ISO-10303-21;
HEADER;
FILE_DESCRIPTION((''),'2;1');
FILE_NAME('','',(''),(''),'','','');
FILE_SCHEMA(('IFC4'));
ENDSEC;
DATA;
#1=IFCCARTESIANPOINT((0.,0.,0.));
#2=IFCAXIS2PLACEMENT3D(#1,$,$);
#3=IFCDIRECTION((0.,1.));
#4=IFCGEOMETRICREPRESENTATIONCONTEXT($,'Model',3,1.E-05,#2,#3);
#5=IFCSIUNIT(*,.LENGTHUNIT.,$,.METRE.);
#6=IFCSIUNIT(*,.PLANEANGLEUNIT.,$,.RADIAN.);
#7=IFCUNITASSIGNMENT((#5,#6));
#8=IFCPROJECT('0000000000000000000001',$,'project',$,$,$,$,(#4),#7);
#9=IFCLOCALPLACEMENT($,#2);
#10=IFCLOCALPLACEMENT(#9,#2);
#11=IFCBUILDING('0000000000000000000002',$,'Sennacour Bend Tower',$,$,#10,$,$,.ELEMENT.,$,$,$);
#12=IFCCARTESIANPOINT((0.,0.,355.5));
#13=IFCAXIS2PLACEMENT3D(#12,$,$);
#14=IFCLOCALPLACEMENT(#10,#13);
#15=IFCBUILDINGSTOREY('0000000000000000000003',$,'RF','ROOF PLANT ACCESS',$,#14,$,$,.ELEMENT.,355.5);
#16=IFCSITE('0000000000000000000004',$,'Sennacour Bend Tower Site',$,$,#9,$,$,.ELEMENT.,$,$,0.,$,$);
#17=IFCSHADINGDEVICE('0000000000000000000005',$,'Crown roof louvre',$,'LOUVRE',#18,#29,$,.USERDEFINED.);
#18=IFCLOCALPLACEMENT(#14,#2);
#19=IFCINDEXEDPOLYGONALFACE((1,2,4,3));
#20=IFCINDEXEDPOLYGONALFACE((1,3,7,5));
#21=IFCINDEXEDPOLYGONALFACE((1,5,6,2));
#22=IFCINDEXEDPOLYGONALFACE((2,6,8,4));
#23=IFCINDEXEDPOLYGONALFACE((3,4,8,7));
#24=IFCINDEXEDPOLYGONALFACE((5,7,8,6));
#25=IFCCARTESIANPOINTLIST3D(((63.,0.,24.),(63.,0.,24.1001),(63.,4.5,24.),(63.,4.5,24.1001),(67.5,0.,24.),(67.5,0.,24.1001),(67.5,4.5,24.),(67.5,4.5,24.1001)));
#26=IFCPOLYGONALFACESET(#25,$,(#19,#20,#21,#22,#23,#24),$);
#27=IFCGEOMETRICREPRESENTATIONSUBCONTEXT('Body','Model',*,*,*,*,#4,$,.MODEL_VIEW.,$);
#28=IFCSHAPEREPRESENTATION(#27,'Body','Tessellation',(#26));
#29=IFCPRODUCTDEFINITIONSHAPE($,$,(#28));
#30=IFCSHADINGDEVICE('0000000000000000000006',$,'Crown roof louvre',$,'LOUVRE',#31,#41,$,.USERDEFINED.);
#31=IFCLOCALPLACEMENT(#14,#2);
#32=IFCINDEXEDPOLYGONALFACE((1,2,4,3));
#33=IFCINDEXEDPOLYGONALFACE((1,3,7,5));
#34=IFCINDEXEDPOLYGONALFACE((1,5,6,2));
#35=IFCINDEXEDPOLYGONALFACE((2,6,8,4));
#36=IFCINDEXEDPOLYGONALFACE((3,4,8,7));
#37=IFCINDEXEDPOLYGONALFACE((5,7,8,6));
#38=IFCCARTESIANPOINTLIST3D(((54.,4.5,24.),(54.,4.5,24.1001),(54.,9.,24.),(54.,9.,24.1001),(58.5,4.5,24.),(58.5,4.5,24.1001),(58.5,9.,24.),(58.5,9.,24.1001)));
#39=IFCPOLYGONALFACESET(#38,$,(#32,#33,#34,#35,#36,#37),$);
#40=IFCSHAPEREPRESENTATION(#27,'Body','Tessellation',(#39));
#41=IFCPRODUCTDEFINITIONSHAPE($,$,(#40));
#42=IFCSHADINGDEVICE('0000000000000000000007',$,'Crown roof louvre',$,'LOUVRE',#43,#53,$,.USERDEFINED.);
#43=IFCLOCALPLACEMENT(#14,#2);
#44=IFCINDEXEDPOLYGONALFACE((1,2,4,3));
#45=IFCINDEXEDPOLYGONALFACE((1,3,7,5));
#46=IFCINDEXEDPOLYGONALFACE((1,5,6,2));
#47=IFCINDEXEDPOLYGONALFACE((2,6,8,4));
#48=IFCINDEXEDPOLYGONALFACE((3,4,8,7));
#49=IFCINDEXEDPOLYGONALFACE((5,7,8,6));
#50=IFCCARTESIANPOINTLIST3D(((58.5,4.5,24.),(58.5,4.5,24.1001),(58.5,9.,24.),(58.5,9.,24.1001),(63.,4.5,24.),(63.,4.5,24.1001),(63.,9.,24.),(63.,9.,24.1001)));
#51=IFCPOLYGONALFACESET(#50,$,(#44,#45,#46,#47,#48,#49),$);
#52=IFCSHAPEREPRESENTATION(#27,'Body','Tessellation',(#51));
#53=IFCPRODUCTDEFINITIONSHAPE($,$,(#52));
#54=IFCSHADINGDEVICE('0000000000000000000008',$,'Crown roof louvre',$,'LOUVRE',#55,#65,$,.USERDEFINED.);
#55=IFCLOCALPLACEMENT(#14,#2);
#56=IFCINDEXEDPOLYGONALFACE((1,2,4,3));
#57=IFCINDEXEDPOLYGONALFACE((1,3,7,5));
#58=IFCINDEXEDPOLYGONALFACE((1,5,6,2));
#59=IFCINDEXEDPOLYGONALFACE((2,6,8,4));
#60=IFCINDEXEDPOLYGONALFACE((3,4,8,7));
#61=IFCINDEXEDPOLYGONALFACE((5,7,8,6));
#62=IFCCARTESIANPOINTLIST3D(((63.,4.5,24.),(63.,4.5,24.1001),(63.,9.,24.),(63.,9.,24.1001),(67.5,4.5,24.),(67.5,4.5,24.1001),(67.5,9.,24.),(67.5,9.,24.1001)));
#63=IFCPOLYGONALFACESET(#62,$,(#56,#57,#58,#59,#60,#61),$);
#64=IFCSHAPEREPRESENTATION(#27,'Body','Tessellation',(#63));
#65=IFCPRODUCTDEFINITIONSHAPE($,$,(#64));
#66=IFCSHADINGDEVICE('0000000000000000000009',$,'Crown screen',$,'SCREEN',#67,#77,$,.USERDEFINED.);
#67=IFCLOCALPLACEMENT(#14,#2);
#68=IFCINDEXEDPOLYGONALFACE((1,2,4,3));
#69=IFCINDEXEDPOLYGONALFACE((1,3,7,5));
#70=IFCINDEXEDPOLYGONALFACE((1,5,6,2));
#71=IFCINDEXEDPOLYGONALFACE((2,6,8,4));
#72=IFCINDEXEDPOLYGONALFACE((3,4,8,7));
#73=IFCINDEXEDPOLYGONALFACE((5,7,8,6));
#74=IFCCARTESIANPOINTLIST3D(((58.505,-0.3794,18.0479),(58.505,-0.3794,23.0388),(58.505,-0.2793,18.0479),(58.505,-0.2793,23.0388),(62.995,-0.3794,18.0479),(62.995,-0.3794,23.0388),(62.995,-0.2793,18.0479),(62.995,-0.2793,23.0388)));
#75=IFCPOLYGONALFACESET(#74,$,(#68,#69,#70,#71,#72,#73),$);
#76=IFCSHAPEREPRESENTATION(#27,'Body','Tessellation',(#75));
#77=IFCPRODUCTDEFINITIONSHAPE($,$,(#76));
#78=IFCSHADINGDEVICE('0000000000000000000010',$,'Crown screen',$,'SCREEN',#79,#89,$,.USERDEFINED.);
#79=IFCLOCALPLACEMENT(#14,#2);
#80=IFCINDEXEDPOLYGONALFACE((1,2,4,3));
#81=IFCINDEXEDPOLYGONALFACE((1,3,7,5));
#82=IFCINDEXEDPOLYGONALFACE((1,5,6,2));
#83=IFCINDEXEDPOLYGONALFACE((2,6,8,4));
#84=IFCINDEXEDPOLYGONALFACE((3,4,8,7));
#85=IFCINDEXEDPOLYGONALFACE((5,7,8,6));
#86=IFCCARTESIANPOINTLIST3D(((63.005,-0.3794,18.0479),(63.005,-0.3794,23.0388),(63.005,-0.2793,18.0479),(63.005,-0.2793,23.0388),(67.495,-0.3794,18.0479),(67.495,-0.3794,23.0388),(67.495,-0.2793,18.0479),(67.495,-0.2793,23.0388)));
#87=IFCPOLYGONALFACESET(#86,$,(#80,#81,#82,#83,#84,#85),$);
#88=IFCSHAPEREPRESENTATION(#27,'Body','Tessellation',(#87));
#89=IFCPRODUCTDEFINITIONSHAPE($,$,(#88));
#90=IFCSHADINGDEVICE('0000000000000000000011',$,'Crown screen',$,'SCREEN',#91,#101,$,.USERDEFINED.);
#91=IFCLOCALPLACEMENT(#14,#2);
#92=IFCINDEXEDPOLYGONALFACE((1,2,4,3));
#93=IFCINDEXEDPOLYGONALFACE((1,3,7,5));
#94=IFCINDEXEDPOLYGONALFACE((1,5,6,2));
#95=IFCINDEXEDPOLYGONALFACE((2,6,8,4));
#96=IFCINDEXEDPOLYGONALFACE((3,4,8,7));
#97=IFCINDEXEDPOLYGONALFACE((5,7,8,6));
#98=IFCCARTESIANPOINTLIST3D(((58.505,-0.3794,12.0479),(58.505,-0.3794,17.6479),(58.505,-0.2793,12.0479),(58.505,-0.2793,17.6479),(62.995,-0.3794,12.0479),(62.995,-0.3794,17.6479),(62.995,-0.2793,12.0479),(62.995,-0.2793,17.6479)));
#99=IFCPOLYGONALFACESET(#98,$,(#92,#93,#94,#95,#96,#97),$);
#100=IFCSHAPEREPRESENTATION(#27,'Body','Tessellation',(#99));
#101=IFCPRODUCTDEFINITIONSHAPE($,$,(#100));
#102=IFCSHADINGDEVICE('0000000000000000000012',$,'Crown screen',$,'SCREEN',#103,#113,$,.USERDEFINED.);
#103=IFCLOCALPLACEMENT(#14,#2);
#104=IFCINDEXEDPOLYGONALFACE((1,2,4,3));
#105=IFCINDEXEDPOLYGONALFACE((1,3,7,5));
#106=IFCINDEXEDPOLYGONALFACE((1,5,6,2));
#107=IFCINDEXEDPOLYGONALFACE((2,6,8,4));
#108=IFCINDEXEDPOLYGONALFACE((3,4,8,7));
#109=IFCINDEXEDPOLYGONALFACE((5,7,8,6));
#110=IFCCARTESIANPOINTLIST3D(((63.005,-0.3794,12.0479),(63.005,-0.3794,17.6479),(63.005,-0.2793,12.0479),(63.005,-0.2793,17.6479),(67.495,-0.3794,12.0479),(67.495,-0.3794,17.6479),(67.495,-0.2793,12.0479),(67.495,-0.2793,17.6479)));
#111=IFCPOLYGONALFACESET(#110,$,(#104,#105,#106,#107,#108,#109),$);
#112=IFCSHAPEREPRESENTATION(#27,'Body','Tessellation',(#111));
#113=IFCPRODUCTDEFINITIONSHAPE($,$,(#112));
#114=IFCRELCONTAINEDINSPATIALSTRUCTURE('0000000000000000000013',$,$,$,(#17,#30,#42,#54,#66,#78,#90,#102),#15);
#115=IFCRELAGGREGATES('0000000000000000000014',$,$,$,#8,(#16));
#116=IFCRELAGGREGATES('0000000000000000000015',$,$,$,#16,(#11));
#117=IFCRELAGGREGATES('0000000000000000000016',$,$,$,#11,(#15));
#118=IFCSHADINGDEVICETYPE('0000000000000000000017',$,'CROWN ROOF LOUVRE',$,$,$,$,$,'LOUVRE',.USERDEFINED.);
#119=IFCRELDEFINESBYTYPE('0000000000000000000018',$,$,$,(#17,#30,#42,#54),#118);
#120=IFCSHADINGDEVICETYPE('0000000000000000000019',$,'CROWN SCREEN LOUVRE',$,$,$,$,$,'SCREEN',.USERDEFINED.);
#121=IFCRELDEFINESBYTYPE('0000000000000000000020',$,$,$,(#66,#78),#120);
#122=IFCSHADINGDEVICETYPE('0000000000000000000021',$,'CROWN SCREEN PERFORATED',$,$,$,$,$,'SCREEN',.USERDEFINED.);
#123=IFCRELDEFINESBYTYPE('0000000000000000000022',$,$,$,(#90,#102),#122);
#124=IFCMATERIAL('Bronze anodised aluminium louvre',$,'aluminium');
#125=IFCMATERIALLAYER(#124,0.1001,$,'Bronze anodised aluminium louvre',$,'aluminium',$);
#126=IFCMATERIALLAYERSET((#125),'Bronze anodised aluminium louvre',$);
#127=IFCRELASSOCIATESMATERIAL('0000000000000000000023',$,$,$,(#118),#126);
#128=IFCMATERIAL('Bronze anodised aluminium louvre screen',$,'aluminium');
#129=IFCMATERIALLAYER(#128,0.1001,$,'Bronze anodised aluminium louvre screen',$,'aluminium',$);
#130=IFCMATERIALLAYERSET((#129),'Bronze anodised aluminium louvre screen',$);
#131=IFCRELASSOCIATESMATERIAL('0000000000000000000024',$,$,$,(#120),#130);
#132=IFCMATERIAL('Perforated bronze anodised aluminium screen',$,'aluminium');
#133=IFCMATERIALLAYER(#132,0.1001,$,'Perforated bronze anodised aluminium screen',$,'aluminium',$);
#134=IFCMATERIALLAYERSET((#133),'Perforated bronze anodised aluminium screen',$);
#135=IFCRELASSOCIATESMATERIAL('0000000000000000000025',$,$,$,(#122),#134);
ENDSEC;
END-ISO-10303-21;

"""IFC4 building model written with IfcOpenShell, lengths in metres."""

from ifc_helpers import new_model, si_unit, direction, frame, origin, origin_2d, place, context, subcontext, project, spatial, rectangle, extrude, material, layer, layer_set, type_object, element, save


model = new_model("IFC4")

# Units and contexts
model_context = context("Model", 3, precision=1e-05, world=origin(), true_north=direction((0.0, 1.0)))
body_context = subcontext(model_context, "Body", "Model", "MODEL_VIEW")
ifc_project = project(units=[si_unit("LENGTHUNIT", "METRE"), si_unit("PLANEANGLEUNIT", "RADIAN")], contexts=[model_context])

# Site, building, storey
site_placement = place(None, origin())
site = spatial("IfcSite", under=ifc_project, at=site_placement, Name="Sennacour Bend Tower Site", CompositionType="ELEMENT", RefElevation=0.0)
building_placement = place(site_placement, origin())
building = spatial("IfcBuilding", under=site, at=building_placement, Name="Sennacour Bend Tower", CompositionType="ELEMENT")
storey_placement = place(building_placement, frame((0.0, 0.0, 355.5)))
storey = spatial("IfcBuildingStorey", under=building, at=storey_placement, Name="RF", Description="ROOF PLANT ACCESS", CompositionType="ELEMENT", Elevation=355.5)

# Shading devices
ifc_material_1 = material(Name="Bronze anodised aluminium louvre", Category="aluminium")
ifc_layer_1 = layer(ifc_material_1, 0.1001, Name="Bronze anodised aluminium louvre", Category="aluminium")
ifc_layer_set_1 = layer_set([ifc_layer_1], Name="Bronze anodised aluminium louvre")
shading_device_type_1 = type_object("IfcShadingDeviceType", Name="CROWN ROOF LOUVRE", ElementType="LOUVRE", PredefinedType="USERDEFINED", material=ifc_layer_set_1)
for number, where, z_axis, x_axis, name in (
    (1, (65.25, 2.25, 24.0), (0.0, 0.0, 1.0), (1.0, 0.0, 0.0), "Crown roof louvre"),
    (2, (56.25, 6.75, 24.0), (0.0, 0.0, 1.0), (1.0, 0.0, 0.0), "Crown roof louvre"),
    (3, (60.75, 6.75, 24.0), (0.0, 0.0, 1.0), (1.0, 0.0, 0.0), "Crown roof louvre"),
    (4, (65.25, 6.75, 24.0), (0.0, 0.0, 1.0), (1.0, 0.0, 0.0), "Crown roof louvre"),
):
    element("IfcShadingDevice", number, at=place(storey_placement, frame(where, z_axis=z_axis, x_axis=x_axis)), inside=storey, type_object=shading_device_type_1, Name=name, ObjectType="LOUVRE", PredefinedType="USERDEFINED", context=body_context, shape_type="SweptSolid", body=[
        extrude(rectangle(XDim=4.5, YDim=4.5, at=origin_2d()), origin(), (0.0, 0.0, 1.0), 0.1001),
    ])
ifc_material_2 = material(Name="Bronze anodised aluminium louvre screen", Category="aluminium")
ifc_layer_2 = layer(ifc_material_2, 0.1001, Name="Bronze anodised aluminium louvre screen", Category="aluminium")
ifc_layer_set_2 = layer_set([ifc_layer_2], Name="Bronze anodised aluminium louvre screen")
shading_device_type_2 = type_object("IfcShadingDeviceType", Name="CROWN SCREEN LOUVRE", ElementType="SCREEN", PredefinedType="USERDEFINED", material=ifc_layer_set_2)
for number, where, z_axis, x_axis, name in (
    (5, (60.75, -0.3293, 18.0479), (0.0, 0.0, 1.0), (1.0, 0.0, 0.0), "Crown screen"),
    (6, (65.25, -0.3293, 18.0479), (0.0, 0.0, 1.0), (1.0, 0.0, 0.0), "Crown screen"),
):
    element("IfcShadingDevice", number, at=place(storey_placement, frame(where, z_axis=z_axis, x_axis=x_axis)), inside=storey, type_object=shading_device_type_2, Name=name, ObjectType="SCREEN", PredefinedType="USERDEFINED", context=body_context, shape_type="SweptSolid", body=[
        extrude(rectangle(XDim=4.49, YDim=0.1001, at=origin_2d()), origin(), (0.0, 0.0, 1.0), 4.991),
    ])
ifc_material_3 = material(Name="Perforated bronze anodised aluminium screen", Category="aluminium")
ifc_layer_3 = layer(ifc_material_3, 0.1001, Name="Perforated bronze anodised aluminium screen", Category="aluminium")
ifc_layer_set_3 = layer_set([ifc_layer_3], Name="Perforated bronze anodised aluminium screen")
shading_device_type_3 = type_object("IfcShadingDeviceType", Name="CROWN SCREEN PERFORATED", ElementType="SCREEN", PredefinedType="USERDEFINED", material=ifc_layer_set_3)
for number, where, z_axis, x_axis, name in (
    (7, (60.75, -0.3293, 12.0479), (0.0, 0.0, 1.0), (1.0, 0.0, 0.0), "Crown screen"),
    (8, (65.25, -0.3293, 12.0479), (0.0, 0.0, 1.0), (1.0, 0.0, 0.0), "Crown screen"),
):
    element("IfcShadingDevice", number, at=place(storey_placement, frame(where, z_axis=z_axis, x_axis=x_axis)), inside=storey, type_object=shading_device_type_3, Name=name, ObjectType="SCREEN", PredefinedType="USERDEFINED", context=body_context, shape_type="SweptSolid", body=[
        extrude(rectangle(XDim=4.49, YDim=0.1001, at=origin_2d()), origin(), (0.0, 0.0, 1.0), 5.6001),
    ])

save(model, "model.ifc")
